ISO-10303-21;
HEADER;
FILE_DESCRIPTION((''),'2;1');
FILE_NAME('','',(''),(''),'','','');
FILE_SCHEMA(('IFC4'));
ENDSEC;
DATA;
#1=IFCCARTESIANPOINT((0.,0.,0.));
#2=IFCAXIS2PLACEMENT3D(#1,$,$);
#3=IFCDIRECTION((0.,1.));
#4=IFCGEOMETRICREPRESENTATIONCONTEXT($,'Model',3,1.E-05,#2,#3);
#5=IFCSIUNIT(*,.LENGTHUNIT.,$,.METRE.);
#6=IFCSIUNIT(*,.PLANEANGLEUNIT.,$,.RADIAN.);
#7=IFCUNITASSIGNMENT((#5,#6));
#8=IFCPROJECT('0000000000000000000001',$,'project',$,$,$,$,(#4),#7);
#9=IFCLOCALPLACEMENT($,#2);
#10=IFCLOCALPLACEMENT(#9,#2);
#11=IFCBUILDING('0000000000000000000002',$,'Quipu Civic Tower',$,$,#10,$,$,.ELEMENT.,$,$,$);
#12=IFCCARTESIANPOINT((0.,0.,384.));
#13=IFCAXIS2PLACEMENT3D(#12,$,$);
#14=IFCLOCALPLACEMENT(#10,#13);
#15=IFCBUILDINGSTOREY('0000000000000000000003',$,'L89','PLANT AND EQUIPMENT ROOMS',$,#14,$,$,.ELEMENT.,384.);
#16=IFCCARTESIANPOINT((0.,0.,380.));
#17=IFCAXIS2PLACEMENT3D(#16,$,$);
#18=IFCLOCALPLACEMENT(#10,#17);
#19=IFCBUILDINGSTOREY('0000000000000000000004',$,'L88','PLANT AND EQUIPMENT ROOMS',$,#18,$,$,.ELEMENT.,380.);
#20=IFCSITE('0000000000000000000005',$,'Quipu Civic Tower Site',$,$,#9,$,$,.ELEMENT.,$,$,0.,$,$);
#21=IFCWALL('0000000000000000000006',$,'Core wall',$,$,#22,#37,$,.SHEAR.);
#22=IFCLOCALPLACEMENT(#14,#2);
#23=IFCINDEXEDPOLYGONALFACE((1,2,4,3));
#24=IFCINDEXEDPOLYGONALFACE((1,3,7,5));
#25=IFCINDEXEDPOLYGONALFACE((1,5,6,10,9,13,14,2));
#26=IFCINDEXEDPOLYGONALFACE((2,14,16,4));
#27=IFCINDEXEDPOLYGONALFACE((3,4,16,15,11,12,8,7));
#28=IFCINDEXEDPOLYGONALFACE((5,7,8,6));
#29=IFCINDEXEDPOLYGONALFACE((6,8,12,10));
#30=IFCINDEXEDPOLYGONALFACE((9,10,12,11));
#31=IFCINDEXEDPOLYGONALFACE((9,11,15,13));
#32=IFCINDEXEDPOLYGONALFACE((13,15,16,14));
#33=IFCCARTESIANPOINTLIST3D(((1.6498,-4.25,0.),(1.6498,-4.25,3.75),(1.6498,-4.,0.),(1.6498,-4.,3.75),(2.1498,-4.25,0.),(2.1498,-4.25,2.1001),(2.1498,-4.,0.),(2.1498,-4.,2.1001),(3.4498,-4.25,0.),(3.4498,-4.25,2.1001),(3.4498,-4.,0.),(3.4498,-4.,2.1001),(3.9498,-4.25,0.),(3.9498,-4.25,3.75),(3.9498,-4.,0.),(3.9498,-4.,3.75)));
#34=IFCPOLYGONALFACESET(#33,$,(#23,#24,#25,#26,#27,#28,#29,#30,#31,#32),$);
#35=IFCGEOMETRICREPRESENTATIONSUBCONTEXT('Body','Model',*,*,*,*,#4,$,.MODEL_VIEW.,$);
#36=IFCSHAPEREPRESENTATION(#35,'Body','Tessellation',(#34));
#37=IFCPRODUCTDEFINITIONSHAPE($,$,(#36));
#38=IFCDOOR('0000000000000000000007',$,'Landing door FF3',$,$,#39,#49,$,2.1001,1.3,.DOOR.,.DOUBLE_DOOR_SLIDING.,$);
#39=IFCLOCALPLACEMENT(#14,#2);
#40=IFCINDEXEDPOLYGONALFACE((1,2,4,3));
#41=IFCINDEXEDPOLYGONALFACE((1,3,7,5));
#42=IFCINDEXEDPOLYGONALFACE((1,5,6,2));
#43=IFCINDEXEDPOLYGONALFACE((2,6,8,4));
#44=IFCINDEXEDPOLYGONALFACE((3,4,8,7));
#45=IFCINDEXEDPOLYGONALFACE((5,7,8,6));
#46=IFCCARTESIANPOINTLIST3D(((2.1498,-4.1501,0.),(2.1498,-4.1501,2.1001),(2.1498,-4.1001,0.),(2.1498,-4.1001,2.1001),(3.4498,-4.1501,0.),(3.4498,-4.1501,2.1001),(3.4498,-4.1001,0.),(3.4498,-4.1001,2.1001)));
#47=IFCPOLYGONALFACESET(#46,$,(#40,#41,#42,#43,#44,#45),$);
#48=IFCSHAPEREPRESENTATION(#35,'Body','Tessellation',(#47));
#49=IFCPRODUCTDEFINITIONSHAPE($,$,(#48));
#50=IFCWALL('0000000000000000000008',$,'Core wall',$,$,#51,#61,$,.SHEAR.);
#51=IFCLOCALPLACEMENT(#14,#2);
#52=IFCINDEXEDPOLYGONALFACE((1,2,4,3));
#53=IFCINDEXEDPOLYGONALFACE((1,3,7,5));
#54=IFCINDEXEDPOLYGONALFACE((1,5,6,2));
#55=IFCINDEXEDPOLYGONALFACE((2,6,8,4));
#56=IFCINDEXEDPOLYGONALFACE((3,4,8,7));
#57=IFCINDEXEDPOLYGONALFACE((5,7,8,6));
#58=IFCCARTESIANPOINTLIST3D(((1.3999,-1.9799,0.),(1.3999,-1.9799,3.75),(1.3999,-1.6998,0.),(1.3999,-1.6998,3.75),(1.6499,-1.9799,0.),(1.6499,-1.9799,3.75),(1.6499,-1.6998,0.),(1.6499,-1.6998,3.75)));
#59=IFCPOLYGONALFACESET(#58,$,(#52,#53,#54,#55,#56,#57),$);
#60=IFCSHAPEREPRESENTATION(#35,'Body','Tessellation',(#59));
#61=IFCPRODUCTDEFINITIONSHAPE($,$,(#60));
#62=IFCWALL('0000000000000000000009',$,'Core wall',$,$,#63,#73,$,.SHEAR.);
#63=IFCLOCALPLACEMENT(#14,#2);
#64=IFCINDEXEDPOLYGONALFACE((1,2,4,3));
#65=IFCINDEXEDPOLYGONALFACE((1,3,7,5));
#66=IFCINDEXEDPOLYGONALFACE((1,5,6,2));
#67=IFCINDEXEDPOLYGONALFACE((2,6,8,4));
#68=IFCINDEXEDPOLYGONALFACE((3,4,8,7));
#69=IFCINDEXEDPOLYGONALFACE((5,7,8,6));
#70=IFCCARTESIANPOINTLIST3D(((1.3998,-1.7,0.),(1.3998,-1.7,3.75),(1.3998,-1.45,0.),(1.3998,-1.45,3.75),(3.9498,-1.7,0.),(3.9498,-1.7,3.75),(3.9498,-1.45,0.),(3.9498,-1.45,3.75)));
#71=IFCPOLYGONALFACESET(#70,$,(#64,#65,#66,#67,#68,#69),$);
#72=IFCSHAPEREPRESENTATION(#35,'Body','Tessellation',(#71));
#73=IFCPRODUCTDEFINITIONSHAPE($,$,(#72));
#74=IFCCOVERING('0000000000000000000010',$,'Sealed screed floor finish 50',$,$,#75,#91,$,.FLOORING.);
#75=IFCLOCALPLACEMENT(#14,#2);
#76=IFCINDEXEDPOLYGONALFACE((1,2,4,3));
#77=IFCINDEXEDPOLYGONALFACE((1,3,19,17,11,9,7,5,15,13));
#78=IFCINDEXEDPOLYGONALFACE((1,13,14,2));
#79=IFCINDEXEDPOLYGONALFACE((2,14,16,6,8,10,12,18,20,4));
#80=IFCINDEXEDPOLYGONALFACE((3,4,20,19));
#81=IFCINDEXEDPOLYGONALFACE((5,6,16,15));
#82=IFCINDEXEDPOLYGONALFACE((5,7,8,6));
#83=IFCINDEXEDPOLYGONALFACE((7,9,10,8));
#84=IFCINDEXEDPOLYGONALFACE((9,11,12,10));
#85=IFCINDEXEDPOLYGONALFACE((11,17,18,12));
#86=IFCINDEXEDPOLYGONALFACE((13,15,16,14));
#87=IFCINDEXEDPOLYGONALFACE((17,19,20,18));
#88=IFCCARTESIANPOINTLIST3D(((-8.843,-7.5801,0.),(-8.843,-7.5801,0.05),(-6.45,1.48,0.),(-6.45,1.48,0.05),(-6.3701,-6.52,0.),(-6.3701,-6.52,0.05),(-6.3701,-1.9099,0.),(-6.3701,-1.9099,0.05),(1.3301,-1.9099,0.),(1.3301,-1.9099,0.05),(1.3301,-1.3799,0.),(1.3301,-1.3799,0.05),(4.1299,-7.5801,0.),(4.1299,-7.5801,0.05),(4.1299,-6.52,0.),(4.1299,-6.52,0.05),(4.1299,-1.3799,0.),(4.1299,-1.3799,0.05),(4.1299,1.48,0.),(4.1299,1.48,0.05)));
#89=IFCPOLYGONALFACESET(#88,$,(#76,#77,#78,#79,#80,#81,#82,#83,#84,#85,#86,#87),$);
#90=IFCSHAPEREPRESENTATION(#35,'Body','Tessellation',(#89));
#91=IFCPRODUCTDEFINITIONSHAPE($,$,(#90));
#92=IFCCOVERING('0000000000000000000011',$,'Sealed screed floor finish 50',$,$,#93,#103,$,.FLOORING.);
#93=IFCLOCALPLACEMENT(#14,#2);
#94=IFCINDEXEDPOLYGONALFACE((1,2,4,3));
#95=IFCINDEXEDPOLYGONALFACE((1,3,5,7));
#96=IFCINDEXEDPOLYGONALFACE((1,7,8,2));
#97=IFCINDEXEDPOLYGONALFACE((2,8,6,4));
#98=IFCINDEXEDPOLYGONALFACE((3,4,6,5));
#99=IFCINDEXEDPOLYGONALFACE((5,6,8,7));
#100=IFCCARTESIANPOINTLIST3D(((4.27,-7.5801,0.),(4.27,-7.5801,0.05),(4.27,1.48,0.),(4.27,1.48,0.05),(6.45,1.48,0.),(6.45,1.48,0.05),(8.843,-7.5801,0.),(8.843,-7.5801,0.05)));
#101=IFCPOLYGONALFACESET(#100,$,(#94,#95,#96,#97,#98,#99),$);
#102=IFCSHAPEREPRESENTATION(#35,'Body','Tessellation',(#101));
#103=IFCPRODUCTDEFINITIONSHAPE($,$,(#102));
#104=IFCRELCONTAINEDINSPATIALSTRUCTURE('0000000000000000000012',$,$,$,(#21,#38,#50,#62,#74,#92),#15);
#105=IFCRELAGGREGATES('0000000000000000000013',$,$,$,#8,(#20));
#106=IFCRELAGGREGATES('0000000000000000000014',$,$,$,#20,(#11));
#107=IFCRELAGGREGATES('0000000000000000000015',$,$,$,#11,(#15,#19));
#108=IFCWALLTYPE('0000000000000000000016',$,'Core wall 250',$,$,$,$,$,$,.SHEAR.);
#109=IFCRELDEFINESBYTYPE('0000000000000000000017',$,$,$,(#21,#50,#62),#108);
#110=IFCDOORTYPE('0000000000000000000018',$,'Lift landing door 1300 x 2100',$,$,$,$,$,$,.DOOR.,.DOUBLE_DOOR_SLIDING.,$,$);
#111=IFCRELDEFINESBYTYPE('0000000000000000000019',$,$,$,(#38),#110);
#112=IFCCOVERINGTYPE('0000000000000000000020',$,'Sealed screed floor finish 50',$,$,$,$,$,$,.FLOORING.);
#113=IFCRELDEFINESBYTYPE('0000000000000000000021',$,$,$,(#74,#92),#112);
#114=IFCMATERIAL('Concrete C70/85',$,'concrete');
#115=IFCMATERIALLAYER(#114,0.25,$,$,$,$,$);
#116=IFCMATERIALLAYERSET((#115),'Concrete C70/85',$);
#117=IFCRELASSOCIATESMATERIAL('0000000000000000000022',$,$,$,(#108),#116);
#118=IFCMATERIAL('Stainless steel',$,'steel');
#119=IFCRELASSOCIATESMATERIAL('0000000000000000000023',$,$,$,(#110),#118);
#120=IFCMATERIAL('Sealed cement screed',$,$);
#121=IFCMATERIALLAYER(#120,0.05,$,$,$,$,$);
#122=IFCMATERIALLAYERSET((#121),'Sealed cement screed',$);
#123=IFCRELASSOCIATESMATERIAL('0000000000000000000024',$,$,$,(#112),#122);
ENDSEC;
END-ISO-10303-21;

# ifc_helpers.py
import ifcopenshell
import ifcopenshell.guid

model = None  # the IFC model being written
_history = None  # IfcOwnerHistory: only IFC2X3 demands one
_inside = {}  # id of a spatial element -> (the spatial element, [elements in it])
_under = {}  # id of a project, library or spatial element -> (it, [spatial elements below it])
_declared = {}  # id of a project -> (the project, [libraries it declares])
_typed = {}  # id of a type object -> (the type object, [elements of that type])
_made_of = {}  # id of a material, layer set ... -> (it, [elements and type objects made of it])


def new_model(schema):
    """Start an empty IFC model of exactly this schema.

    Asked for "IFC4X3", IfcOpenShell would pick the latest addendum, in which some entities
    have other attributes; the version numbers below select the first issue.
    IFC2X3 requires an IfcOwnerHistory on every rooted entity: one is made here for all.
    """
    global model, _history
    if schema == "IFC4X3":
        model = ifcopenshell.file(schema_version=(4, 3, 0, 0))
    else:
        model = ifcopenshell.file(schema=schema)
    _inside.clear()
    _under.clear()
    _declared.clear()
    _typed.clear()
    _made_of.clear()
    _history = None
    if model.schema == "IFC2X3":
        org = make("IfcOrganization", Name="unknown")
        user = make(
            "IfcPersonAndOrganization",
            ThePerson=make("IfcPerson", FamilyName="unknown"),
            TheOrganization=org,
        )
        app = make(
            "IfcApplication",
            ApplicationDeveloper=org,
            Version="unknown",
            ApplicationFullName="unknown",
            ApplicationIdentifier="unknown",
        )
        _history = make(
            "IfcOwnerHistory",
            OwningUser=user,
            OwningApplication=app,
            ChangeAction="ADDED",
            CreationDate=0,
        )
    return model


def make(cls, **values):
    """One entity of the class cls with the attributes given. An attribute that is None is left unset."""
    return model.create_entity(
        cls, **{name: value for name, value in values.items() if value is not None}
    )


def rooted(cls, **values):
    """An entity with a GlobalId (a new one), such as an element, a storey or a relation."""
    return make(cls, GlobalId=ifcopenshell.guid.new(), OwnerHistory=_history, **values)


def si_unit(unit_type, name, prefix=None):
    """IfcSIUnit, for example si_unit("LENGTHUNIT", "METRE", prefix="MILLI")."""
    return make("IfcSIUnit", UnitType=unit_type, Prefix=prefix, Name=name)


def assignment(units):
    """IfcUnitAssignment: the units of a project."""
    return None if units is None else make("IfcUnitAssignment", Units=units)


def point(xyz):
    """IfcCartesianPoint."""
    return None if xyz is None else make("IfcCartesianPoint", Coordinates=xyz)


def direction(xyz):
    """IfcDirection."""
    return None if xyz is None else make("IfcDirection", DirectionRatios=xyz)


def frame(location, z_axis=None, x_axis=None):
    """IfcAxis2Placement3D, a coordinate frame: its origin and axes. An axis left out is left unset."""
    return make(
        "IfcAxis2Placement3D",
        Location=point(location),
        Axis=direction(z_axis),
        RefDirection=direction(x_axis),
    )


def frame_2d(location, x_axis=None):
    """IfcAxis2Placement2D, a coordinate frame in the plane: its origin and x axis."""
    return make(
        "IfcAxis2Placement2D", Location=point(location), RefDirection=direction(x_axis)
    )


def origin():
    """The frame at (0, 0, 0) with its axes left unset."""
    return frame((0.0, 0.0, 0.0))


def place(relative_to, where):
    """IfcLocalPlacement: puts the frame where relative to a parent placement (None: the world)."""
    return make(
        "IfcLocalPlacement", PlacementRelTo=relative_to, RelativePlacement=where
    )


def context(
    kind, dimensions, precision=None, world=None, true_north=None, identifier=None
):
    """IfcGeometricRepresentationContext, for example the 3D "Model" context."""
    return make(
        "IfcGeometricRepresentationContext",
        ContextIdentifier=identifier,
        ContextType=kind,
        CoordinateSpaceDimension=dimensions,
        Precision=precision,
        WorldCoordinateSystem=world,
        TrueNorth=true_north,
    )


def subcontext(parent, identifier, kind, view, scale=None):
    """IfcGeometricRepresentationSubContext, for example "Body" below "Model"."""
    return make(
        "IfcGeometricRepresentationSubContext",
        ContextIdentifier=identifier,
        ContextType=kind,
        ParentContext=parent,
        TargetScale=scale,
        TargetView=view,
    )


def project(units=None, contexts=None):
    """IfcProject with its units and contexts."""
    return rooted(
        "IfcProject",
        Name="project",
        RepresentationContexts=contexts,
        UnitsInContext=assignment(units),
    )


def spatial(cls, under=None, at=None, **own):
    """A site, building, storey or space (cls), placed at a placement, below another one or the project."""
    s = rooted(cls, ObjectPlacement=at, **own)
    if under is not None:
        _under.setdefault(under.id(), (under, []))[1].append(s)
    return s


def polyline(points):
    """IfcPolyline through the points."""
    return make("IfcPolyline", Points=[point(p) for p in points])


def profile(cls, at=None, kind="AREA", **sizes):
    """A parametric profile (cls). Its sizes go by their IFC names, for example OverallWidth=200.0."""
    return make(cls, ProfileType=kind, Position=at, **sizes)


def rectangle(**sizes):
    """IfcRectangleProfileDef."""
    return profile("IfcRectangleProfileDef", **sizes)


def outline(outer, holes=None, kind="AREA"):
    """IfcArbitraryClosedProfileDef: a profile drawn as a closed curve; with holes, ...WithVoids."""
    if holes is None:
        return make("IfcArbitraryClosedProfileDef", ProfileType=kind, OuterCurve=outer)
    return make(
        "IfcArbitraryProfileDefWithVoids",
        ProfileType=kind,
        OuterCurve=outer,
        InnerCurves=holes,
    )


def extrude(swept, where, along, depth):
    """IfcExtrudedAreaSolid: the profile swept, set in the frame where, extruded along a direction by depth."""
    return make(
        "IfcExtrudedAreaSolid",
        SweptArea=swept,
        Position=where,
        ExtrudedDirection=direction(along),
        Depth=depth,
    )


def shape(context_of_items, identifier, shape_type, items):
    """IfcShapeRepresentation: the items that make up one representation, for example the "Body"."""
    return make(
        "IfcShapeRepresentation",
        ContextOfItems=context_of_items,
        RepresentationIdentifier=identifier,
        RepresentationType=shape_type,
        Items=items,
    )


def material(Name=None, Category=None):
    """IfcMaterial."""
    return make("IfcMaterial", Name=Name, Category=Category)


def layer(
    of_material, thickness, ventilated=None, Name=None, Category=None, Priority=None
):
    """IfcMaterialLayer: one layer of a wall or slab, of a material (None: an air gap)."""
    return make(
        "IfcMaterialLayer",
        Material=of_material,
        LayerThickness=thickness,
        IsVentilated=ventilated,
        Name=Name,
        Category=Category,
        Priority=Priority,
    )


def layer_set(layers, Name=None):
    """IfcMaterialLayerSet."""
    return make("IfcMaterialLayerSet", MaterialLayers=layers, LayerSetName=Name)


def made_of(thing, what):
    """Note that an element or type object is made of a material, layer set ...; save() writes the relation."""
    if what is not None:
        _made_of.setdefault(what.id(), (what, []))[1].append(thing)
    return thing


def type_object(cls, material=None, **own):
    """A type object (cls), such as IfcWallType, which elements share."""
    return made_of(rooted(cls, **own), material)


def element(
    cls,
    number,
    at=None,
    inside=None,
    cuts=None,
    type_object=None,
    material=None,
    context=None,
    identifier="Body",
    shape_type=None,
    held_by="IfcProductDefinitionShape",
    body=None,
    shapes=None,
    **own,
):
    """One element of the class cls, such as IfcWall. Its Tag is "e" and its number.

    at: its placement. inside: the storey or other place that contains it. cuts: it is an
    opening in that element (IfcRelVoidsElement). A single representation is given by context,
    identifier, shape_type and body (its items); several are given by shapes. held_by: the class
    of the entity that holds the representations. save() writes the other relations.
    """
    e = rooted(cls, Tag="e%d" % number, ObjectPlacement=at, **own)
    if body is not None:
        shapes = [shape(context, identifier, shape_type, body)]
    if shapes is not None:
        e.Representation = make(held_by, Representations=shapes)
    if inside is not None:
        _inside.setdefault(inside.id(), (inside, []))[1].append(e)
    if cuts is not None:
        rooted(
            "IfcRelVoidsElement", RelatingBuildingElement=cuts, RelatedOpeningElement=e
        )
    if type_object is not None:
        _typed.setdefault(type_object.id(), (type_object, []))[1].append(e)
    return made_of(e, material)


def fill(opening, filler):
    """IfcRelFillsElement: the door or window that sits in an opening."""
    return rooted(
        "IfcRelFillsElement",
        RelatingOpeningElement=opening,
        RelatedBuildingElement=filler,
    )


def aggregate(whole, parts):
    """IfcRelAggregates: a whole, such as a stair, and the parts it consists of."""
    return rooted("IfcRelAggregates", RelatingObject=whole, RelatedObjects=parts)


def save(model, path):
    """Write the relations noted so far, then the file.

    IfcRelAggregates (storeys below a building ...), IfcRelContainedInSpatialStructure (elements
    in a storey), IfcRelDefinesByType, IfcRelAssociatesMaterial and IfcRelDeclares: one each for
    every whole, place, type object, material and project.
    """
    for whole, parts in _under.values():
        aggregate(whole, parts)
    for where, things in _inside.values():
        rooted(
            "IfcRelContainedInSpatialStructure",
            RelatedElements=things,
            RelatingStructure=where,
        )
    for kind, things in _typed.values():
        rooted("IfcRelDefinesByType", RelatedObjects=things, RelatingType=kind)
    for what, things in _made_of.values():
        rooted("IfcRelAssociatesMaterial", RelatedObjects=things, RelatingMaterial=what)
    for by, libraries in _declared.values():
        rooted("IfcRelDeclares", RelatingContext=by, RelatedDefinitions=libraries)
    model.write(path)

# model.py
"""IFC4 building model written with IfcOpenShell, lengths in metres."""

from ifc_helpers import new_model, si_unit, direction, frame, frame_2d, origin, place, context, subcontext, project, spatial, polyline, rectangle, outline, extrude, material, layer, layer_set, type_object, element, fill, save


model = new_model("IFC4")

# Units and contexts
model_context = context("Model", 3, precision=1e-05, world=origin(), true_north=direction((0.0, 1.0)))
body_context = subcontext(model_context, "Body", "Model", "MODEL_VIEW")
ifc_project = project(units=[si_unit("LENGTHUNIT", "METRE"), si_unit("PLANEANGLEUNIT", "RADIAN")], contexts=[model_context])

# Site, building, storey
site_placement = place(None, origin())
site = spatial("IfcSite", under=ifc_project, at=site_placement, Name="Quipu Civic Tower Site", CompositionType="ELEMENT", RefElevation=0.0)
building_placement = place(site_placement, origin())
building = spatial("IfcBuilding", under=site, at=building_placement, Name="Quipu Civic Tower", CompositionType="ELEMENT")
storey_1_placement = place(building_placement, frame((0.0, 0.0, 384.0)))
storey_1 = spatial("IfcBuildingStorey", under=building, at=storey_1_placement, Name="L89", Description="PLANT AND EQUIPMENT ROOMS", CompositionType="ELEMENT", Elevation=384.0)

# Shared definitions
storey_2_placement = place(building_placement, frame((0.0, 0.0, 380.0)))
storey_2 = spatial("IfcBuildingStorey", under=building, at=storey_2_placement, Name="L88", Description="PLANT AND EQUIPMENT ROOMS", CompositionType="ELEMENT", Elevation=380.0)

# Wall, opening, door
ifc_material_1 = material(Name="Concrete C70/85", Category="concrete")
ifc_layer_1 = layer(ifc_material_1, 0.25)
ifc_layer_set_1 = layer_set([ifc_layer_1], Name="Concrete C70/85")
wall_type_1 = type_object("IfcWallType", Name="Core wall 250", PredefinedType="SHEAR", material=ifc_layer_set_1)
wall_1_placement = place(storey_1_placement, frame((1.6499, -4.125, 0.0), z_axis=(0.0, 0.0, 1.0), x_axis=(1.0, 0.0, 0.0)))
wall_1 = element("IfcWall", 1, at=wall_1_placement, inside=storey_1, type_object=wall_type_1, Name="Core wall", PredefinedType="SHEAR", context=body_context, shape_type="SweptSolid", body=[
    extrude(rectangle(XDim=2.3, YDim=0.25, at=frame_2d((1.1499, 0.0))), origin(), (0.0, 0.0, 1.0), 3.75),
])
opening_1_placement = place(wall_1_placement, frame((0.5, 0.0, 0.0)))
opening_1 = element("IfcOpeningElement", 2, at=opening_1_placement, cuts=wall_1, PredefinedType="OPENING", context=body_context, shape_type="SweptSolid", body=[
    extrude(rectangle(XDim=1.3, YDim=2.1001, at=frame_2d((0.6499, 1.05))), frame((0.0, 0.135, 0.0), z_axis=(0.0, -1.0, 0.0), x_axis=(1.0, 0.0, 0.0)), (0.0, 0.0, 1.0), 0.27),
])
ifc_material_2 = material(Name="Stainless steel", Category="steel")
door_type_1 = type_object("IfcDoorType", Name="Lift landing door 1300 x 2100", OperationType="DOUBLE_DOOR_SLIDING", PredefinedType="DOOR", material=ifc_material_2)
door_1_placement = place(opening_1_placement, origin())
door_1 = element("IfcDoor", 3, at=door_1_placement, inside=storey_1, type_object=door_type_1, Name="Landing door FF3", OperationType="DOUBLE_DOOR_SLIDING", OverallHeight=2.1001, OverallWidth=1.3, PredefinedType="DOOR", context=body_context, shape_type="SweptSolid", body=[
    extrude(rectangle(XDim=1.3, YDim=2.1001, at=frame_2d((0.6499, 1.05))), frame((0.0, 0.0249, 0.0), z_axis=(0.0, -1.0, 0.0), x_axis=(1.0, 0.0, 0.0)), (0.0, 0.0, 1.0), 0.05),
])
fill(opening_1, door_1)

# Walls
wall_2_placement = place(storey_1_placement, frame((1.5249, -1.98, 0.0), z_axis=(0.0, 0.0, 1.0), x_axis=(0.0, 1.0, 0.0)))
element("IfcWall", 4, at=wall_2_placement, inside=storey_1, type_object=wall_type_1, Name="Core wall", PredefinedType="SHEAR", context=body_context, shape_type="SweptSolid", body=[
    extrude(rectangle(XDim=0.28, YDim=0.25, at=frame_2d((0.1401, 0.0))), origin(), (0.0, 0.0, 1.0), 3.75),
])
wall_3_placement = place(storey_1_placement, frame((1.3999, -1.575, 0.0), z_axis=(0.0, 0.0, 1.0), x_axis=(1.0, 0.0, 0.0)))
element("IfcWall", 5, at=wall_3_placement, inside=storey_1, type_object=wall_type_1, Name="Core wall", PredefinedType="SHEAR", context=body_context, shape_type="SweptSolid", body=[
    extrude(rectangle(XDim=2.55, YDim=0.25, at=frame_2d((1.2749, 0.0))), origin(), (0.0, 0.0, 1.0), 3.75),
])

# Coverings
ifc_material_3 = material(Name="Sealed cement screed")
ifc_layer_2 = layer(ifc_material_3, 0.05)
ifc_layer_set_2 = layer_set([ifc_layer_2], Name="Sealed cement screed")
covering_type = type_object("IfcCoveringType", Name="Sealed screed floor finish 50", PredefinedType="FLOORING", material=ifc_layer_set_2)
covering_1_placement = place(storey_1_placement, origin())
element("IfcCovering", 6, at=covering_1_placement, inside=storey_1, type_object=covering_type, Name="Sealed screed floor finish 50", PredefinedType="FLOORING", context=body_context, shape_type="SweptSolid", body=[
    extrude(outline(polyline([(-6.45, 1.48), (4.1299, 1.48), (4.1299, -1.3799), (1.3301, -1.3799), (1.3301, -1.9099), (-6.3701, -1.9099), (-6.3701, -6.52), (4.1299, -6.52), (4.1299, -7.5801), (-8.843, -7.5801), (-6.45, 1.48)])), origin(), (0.0, 0.0, 1.0), 0.05),
])
covering_2_placement = place(storey_1_placement, origin())
element("IfcCovering", 7, at=covering_2_placement, inside=storey_1, type_object=covering_type, Name="Sealed screed floor finish 50", PredefinedType="FLOORING", context=body_context, shape_type="SweptSolid", body=[
    extrude(outline(polyline([(4.27, 1.48), (6.45, 1.48), (8.843, -7.5801), (4.27, -7.5801), (4.27, 1.48)])), origin(), (0.0, 0.0, 1.0), 0.05),
])

save(model, "model.ifc")
